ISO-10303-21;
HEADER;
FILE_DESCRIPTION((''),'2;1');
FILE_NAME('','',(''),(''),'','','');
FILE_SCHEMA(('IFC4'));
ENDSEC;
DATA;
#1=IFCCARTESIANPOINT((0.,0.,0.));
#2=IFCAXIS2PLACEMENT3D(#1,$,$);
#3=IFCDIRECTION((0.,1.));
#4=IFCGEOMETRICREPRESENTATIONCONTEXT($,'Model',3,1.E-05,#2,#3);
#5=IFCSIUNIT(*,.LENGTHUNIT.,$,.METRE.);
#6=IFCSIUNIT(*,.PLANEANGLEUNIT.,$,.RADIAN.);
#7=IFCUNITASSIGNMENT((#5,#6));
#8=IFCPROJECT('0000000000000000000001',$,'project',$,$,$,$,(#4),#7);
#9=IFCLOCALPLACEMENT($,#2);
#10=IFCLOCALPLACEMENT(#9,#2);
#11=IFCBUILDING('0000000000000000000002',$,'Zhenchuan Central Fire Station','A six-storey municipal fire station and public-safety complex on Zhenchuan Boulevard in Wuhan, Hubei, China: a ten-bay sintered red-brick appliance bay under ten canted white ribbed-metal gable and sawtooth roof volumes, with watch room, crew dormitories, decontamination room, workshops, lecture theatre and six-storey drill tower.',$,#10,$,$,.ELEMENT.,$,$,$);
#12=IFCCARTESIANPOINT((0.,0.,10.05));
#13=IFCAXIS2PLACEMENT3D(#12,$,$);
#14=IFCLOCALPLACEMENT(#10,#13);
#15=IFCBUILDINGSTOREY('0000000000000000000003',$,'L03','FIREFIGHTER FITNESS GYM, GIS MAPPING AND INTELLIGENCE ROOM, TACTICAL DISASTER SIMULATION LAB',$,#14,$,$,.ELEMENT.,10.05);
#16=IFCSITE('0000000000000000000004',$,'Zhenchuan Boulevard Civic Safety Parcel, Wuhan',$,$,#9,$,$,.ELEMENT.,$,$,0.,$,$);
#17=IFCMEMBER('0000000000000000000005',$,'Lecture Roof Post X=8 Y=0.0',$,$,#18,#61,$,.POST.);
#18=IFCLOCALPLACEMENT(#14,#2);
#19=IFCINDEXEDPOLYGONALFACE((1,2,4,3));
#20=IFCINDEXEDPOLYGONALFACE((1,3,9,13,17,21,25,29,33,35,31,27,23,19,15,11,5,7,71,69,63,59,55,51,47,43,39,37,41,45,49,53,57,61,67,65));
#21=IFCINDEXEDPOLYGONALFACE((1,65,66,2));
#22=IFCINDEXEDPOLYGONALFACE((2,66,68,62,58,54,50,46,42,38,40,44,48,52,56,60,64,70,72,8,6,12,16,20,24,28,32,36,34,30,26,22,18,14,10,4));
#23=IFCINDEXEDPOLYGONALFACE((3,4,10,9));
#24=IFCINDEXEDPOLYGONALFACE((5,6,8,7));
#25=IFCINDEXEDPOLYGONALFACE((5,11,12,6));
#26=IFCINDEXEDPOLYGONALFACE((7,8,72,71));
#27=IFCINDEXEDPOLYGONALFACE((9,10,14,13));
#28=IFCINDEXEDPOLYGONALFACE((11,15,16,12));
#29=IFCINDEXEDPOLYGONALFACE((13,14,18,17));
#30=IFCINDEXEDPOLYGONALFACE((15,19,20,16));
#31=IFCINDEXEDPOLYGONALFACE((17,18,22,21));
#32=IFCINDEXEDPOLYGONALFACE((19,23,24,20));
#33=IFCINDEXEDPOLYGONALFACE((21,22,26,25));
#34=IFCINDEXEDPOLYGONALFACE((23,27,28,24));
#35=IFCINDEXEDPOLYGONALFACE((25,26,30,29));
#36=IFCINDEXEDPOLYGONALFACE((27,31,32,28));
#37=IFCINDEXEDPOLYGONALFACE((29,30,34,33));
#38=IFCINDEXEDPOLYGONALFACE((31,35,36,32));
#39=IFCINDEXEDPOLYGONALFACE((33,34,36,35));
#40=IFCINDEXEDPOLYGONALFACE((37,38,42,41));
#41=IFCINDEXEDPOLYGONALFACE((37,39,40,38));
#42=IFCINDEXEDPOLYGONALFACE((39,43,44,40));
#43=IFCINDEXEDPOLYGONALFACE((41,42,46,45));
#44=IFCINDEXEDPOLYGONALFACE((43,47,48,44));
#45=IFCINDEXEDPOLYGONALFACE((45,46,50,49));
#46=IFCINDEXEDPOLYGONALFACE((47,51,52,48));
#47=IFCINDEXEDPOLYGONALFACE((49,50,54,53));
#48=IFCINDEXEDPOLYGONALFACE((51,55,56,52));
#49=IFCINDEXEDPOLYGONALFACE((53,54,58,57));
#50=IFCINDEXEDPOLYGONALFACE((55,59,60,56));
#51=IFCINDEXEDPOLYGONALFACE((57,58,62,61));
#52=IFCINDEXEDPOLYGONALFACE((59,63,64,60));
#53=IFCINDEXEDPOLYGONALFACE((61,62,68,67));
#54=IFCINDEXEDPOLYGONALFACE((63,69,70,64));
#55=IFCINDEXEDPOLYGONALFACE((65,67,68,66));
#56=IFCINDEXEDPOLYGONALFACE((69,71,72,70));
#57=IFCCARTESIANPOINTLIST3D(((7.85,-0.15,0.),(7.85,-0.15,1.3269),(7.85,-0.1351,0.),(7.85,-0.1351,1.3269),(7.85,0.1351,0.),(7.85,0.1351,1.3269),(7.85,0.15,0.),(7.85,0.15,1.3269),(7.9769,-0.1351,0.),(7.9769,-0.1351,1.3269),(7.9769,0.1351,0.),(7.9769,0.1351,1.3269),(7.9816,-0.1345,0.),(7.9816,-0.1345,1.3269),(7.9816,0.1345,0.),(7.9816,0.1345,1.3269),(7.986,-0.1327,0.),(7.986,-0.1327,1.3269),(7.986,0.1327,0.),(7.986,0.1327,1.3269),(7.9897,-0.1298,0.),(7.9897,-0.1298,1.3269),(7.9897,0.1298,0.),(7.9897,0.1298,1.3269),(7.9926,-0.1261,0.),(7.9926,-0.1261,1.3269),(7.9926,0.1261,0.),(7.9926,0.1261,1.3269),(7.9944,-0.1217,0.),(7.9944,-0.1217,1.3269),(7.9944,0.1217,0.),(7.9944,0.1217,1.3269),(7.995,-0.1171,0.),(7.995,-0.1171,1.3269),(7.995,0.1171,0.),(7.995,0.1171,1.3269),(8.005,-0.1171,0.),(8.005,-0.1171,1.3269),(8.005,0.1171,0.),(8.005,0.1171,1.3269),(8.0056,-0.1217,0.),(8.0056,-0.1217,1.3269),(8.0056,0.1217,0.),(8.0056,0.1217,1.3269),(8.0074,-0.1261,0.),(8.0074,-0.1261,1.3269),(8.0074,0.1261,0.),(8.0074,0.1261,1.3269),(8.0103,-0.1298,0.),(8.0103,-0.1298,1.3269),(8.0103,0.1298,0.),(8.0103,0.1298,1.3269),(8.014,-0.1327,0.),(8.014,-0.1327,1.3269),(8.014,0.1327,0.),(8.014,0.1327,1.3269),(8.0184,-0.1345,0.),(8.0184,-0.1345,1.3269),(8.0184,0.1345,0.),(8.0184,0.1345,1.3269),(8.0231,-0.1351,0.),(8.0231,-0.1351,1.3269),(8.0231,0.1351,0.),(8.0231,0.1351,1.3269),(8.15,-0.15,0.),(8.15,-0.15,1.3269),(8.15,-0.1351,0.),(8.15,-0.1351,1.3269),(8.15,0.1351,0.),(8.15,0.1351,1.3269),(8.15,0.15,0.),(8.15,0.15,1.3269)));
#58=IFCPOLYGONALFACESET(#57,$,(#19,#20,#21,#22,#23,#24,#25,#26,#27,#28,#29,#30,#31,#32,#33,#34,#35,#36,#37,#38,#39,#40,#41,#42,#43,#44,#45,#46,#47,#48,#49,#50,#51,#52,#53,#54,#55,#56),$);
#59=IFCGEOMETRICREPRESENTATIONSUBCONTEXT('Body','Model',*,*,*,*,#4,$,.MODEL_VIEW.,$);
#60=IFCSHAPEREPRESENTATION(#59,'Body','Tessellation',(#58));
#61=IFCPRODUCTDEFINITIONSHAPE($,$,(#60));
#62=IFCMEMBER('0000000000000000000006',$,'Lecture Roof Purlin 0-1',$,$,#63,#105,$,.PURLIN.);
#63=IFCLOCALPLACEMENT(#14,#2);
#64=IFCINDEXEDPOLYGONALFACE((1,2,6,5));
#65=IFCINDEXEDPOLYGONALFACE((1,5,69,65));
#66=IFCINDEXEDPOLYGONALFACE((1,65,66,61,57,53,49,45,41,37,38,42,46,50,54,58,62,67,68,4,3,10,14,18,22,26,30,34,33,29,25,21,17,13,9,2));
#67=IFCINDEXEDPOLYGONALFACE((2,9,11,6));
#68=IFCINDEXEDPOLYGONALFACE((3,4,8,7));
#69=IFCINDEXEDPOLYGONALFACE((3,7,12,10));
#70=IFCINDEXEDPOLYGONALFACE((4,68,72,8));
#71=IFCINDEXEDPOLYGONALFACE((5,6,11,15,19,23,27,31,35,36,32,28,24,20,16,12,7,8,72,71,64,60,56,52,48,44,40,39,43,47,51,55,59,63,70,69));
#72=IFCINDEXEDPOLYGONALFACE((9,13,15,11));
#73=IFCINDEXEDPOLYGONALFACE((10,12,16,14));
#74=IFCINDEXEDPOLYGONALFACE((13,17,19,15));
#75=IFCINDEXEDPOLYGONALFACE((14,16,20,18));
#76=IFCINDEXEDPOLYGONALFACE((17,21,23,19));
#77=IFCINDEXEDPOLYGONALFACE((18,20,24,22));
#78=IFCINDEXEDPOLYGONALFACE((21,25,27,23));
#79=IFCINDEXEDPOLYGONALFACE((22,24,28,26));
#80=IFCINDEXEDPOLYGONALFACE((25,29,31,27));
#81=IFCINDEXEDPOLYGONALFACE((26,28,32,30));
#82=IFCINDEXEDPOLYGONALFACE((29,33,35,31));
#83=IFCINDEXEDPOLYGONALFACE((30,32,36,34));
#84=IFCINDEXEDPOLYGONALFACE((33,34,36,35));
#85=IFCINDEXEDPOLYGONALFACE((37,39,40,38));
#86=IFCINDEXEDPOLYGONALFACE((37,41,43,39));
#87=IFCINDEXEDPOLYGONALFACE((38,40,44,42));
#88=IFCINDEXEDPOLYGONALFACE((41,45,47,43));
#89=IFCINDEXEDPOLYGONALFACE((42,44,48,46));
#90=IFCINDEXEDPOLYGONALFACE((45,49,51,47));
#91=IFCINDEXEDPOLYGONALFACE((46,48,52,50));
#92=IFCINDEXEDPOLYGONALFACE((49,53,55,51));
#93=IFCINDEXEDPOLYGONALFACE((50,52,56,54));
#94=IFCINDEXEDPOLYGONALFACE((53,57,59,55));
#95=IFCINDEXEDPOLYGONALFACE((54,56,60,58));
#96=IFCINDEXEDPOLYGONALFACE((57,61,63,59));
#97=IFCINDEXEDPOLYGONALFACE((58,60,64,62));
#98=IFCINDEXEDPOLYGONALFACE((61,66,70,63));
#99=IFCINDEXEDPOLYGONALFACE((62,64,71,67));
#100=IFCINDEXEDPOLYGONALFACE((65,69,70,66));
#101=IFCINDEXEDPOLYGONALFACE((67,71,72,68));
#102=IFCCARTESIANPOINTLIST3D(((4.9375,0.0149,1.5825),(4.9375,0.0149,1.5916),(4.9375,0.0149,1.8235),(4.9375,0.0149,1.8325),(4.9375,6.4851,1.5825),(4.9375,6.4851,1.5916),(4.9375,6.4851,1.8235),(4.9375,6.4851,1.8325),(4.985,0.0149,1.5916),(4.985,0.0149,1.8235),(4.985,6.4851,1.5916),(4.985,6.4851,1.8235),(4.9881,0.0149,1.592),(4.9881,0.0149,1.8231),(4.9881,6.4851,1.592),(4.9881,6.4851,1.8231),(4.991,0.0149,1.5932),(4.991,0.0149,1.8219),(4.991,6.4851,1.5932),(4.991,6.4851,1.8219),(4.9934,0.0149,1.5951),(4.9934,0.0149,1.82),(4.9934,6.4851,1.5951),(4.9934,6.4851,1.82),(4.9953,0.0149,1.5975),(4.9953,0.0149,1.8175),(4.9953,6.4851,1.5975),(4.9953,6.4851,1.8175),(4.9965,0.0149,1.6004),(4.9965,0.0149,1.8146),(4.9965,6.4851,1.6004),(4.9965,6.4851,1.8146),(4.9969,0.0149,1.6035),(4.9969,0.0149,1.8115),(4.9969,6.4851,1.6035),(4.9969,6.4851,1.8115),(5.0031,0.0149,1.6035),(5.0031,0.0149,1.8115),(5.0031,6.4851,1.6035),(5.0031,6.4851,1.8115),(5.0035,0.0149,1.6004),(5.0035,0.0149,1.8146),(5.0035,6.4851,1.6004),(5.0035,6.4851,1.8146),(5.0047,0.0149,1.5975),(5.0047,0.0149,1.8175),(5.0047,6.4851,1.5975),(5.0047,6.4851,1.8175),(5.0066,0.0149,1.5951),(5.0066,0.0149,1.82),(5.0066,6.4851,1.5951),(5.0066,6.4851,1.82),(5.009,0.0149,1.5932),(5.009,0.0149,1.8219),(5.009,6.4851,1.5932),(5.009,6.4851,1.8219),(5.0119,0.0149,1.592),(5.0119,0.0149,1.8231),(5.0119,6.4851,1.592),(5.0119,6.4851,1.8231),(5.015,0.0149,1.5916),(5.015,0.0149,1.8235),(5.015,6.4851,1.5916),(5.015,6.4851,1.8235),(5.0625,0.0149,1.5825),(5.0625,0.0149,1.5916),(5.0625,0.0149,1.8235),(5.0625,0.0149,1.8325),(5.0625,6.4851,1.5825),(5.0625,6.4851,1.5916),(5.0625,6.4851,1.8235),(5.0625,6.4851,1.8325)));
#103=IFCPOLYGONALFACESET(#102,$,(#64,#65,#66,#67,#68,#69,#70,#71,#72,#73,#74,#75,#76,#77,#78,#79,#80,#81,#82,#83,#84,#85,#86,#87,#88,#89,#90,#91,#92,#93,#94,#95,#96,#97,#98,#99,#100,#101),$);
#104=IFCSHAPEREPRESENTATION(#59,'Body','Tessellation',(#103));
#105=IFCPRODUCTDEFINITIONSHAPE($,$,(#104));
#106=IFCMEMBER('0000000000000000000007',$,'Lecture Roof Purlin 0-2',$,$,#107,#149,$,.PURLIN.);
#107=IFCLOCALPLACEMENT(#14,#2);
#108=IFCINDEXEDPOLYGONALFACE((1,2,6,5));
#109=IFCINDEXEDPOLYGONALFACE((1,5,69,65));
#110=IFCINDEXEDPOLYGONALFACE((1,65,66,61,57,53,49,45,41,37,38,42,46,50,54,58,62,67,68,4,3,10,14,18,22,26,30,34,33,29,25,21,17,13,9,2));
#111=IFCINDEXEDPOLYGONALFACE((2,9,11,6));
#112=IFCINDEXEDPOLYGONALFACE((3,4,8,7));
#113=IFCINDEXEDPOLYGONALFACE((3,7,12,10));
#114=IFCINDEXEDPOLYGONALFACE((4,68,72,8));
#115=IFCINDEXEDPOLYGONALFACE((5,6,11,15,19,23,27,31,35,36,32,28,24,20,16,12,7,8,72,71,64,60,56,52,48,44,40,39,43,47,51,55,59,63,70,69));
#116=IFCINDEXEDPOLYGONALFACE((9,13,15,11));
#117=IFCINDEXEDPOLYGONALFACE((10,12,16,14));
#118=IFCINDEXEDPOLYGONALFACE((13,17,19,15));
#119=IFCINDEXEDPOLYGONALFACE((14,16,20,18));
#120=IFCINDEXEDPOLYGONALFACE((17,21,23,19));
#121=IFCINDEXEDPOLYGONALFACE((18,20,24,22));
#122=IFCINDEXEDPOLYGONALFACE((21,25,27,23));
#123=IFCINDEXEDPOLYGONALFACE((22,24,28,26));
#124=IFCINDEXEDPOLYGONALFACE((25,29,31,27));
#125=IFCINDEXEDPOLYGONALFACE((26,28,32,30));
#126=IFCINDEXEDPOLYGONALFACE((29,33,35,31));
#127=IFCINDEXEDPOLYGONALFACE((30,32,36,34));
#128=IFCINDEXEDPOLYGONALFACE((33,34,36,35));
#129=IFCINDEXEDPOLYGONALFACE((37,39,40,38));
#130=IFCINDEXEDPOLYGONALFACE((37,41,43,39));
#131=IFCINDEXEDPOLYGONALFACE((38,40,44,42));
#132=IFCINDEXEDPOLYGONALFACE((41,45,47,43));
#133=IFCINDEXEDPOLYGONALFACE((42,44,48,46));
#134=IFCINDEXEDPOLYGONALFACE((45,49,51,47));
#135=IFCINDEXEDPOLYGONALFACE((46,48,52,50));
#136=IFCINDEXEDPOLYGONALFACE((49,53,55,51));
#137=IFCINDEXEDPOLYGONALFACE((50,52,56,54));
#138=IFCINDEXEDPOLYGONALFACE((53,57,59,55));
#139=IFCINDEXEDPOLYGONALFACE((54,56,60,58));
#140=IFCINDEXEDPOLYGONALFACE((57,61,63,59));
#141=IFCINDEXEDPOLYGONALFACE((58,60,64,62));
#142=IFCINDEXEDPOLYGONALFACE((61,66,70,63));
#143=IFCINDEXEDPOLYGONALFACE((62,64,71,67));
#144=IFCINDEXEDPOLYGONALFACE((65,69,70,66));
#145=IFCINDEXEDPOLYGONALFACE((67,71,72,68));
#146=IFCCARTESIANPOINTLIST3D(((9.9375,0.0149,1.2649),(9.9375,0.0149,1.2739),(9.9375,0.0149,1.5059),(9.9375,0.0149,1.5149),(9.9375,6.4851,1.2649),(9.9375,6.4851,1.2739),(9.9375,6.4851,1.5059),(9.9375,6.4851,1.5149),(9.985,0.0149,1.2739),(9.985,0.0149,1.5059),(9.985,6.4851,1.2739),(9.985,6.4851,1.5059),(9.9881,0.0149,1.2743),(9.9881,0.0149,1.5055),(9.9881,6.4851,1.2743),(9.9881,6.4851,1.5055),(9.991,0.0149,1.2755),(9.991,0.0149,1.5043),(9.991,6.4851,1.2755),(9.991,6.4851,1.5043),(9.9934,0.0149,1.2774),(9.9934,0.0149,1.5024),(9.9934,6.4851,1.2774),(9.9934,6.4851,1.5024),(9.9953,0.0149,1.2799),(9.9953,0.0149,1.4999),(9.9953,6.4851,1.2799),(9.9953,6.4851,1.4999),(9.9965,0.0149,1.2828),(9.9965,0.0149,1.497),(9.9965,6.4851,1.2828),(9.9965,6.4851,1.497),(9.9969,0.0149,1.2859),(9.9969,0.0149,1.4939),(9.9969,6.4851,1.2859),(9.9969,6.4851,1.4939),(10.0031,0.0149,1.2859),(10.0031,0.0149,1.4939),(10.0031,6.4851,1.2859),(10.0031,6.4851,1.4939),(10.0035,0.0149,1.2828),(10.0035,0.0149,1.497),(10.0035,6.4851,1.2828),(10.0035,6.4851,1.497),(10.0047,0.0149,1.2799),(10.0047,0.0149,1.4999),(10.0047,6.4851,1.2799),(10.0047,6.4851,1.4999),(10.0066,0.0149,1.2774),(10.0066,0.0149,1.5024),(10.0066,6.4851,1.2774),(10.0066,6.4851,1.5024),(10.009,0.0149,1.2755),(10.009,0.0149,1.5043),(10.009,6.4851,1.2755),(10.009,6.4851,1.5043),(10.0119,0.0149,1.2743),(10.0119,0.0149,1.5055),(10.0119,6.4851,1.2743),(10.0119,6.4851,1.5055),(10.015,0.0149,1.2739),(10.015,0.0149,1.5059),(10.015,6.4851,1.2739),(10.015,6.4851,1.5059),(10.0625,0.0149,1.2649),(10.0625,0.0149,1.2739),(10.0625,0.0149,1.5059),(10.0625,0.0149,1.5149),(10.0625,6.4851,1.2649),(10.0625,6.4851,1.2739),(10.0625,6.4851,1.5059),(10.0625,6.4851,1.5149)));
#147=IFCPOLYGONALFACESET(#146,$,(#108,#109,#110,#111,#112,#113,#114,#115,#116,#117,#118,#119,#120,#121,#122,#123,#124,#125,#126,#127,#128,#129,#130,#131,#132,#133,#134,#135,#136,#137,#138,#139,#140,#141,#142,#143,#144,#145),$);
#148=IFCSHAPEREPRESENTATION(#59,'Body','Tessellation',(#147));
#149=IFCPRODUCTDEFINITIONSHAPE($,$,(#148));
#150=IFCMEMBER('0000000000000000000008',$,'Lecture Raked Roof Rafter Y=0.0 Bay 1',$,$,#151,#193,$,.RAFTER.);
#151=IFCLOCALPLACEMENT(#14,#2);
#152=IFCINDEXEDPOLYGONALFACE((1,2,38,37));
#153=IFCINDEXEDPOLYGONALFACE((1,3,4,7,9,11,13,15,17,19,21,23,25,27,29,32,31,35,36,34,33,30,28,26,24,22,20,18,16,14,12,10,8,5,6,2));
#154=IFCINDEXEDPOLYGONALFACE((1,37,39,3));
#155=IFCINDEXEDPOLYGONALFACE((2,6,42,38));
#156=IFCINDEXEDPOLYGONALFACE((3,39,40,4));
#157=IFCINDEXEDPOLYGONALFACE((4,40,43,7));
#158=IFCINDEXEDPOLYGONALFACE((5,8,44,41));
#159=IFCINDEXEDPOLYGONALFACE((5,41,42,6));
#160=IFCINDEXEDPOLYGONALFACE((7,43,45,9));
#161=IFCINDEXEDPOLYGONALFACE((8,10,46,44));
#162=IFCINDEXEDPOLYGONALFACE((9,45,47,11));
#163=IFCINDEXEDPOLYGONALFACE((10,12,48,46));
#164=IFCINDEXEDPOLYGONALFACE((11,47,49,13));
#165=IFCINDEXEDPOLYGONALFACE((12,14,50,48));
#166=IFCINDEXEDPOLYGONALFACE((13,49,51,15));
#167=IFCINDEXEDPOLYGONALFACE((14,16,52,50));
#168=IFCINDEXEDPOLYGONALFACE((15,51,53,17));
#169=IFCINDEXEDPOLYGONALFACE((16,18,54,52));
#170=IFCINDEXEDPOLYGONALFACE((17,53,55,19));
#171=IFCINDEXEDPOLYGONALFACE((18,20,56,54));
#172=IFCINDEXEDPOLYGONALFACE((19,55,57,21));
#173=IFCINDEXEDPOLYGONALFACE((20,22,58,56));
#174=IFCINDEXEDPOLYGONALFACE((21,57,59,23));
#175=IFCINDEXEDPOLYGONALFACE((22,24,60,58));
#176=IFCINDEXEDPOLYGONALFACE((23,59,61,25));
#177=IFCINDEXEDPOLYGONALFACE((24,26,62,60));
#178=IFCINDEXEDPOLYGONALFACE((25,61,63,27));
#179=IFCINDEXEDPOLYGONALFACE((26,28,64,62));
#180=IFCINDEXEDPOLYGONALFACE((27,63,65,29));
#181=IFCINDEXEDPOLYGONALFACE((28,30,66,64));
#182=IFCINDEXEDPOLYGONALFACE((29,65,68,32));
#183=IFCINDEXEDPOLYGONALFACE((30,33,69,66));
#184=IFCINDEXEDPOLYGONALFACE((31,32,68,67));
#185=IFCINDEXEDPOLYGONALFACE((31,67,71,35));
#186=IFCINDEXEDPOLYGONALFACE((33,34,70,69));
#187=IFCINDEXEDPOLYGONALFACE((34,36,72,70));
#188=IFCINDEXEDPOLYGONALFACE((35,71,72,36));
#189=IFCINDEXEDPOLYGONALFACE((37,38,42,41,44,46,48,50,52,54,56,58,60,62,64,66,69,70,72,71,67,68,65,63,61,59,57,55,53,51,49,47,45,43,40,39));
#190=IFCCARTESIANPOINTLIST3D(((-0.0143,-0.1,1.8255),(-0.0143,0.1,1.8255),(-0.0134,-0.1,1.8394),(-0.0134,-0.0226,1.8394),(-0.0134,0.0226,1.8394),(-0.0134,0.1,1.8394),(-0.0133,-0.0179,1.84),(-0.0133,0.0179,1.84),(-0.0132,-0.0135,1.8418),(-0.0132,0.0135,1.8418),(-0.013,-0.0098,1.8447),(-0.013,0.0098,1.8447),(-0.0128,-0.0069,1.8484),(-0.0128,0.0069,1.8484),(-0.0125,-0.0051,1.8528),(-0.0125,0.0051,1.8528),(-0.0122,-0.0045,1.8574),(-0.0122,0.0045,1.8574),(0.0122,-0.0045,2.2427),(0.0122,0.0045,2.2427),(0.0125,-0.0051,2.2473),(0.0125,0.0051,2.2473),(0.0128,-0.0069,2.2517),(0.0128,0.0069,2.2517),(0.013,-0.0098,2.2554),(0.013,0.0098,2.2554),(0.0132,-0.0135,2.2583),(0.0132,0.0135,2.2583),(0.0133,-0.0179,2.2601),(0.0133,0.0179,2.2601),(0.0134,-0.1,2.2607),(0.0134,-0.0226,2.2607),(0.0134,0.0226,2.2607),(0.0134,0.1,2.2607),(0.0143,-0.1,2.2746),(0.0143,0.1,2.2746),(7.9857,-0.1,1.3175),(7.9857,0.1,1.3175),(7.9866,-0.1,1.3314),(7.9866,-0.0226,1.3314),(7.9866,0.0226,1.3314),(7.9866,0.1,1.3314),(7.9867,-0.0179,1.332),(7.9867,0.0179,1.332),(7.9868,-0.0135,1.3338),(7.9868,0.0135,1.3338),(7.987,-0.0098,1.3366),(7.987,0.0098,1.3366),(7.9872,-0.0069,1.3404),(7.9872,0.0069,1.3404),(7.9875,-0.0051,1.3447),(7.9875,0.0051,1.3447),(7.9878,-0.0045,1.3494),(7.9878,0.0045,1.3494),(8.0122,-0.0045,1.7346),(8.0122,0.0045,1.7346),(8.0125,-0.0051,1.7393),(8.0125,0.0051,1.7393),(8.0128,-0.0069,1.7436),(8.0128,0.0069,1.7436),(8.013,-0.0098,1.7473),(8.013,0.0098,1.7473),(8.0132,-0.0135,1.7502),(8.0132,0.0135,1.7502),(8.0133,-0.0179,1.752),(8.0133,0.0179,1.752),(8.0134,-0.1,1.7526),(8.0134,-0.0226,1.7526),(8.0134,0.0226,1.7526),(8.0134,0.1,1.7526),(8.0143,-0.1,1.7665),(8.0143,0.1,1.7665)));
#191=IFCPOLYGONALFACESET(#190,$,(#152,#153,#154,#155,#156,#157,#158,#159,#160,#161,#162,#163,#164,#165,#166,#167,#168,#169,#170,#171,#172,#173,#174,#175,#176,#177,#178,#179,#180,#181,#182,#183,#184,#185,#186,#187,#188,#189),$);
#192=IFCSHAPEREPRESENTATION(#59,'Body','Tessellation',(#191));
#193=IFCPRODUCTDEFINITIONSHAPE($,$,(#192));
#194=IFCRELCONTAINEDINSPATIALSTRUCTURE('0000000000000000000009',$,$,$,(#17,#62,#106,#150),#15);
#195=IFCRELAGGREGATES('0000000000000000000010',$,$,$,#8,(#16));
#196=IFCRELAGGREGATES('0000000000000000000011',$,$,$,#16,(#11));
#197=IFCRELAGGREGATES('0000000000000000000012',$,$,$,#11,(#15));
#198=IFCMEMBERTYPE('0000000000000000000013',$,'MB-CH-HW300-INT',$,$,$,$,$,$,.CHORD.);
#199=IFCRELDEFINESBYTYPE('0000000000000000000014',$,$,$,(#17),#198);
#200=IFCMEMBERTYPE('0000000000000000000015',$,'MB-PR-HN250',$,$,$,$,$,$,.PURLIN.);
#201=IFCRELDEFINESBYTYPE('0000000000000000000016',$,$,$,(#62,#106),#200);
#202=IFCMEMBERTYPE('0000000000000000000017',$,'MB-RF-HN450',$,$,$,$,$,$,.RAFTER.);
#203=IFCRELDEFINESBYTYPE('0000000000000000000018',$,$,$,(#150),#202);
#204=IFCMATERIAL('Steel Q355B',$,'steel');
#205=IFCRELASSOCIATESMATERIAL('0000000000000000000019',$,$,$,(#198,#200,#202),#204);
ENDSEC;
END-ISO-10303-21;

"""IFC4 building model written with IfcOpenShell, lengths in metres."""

from ifc_helpers import new_model, si_unit, direction, frame, origin, origin_2d, place, context, subcontext, project, spatial, i_section, extrude, material, material_profile, profile_set, type_object, element, save


model = new_model("IFC4")

# Units and contexts
model_context = context("Model", 3, precision=1e-05, world=origin(), true_north=direction((0.0, 1.0)))
body_context = subcontext(model_context, "Body", "Model", "MODEL_VIEW")
ifc_project = project(units=[si_unit("LENGTHUNIT", "METRE"), si_unit("PLANEANGLEUNIT", "RADIAN")], contexts=[model_context])

# Site, building, storey
site_placement = place(None, origin())
site = spatial("IfcSite", under=ifc_project, at=site_placement, Name="Zhenchuan Boulevard Civic Safety Parcel, Wuhan", CompositionType="ELEMENT", RefElevation=0.0)
building_placement = place(site_placement, origin())
building = spatial("IfcBuilding", under=site, at=building_placement, Name="Zhenchuan Central Fire Station", Description="A six-storey municipal fire station and public-safety complex on Zhenchuan Boulevard in Wuhan, Hubei, China: a ten-bay sintered red-brick appliance bay under ten canted white ribbed-metal gable and sawtooth roof volumes, with watch room, crew dormitories, decontamination room, workshops, lecture theatre and six-storey drill tower.", CompositionType="ELEMENT")
storey_placement = place(building_placement, frame((0.0, 0.0, 10.05)))
storey = spatial("IfcBuildingStorey", under=building, at=storey_placement, Name="L03", Description="FIREFIGHTER FITNESS GYM, GIS MAPPING AND INTELLIGENCE ROOM, TACTICAL DISASTER SIMULATION LAB", CompositionType="ELEMENT", Elevation=10.05)

# Shared definitions
ifc_material_1 = material(Name="Steel Q355B", Category="steel")

# Members
ifc_material_profile_1 = material_profile(ifc_material_1, i_section(OverallWidth=0.3, OverallDepth=0.3, WebThickness=0.01, FlangeThickness=0.0149, FilletRadius=0.0181, at=origin_2d()), Name="HW 300x300")
ifc_profile_set_1 = profile_set([ifc_material_profile_1], Name="Steel Q355B")
member_type_1 = type_object("IfcMemberType", Name="MB-CH-HW300-INT", PredefinedType="CHORD", material=ifc_profile_set_1)
member_placement = place(storey_placement, frame((8.0, 0.0, 0.0), z_axis=(0.0, 0.0, 1.0), x_axis=(1.0, 0.0, 0.0)))
element("IfcMember", 1, at=member_placement, inside=storey, type_object=member_type_1, Name="Lecture Roof Post X=8 Y=0.0", PredefinedType="POST", context=body_context, shape_type="SweptSolid", body=[
    extrude(i_section(OverallWidth=0.3, OverallDepth=0.3, WebThickness=0.01, FlangeThickness=0.0149, FilletRadius=0.0181, at=origin_2d()), origin(), (0.0, 0.0, 1.0), 1.3269),
])
ifc_material_profile_2 = material_profile(ifc_material_1, i_section(OverallWidth=0.125, OverallDepth=0.25, WebThickness=0.0061, FlangeThickness=0.009, FilletRadius=0.012, at=origin_2d()), Name="HN 250x125")
ifc_profile_set_2 = profile_set([ifc_material_profile_2], Name="Steel Q355B")
member_type_2 = type_object("IfcMemberType", Name="MB-PR-HN250", PredefinedType="PURLIN", material=ifc_profile_set_2)
for number, where, z_axis, x_axis, name in (
    (2, (5.0, 0.0149, 1.7075), (0.0, 1.0, 0.0), (-1.0, 0.0, 0.0), "Lecture Roof Purlin 0-1"),
    (3, (10.0, 0.0149, 1.3899), (0.0, 1.0, 0.0), (-1.0, 0.0, 0.0), "Lecture Roof Purlin 0-2"),
):
    element("IfcMember", number, at=place(storey_placement, frame(where, z_axis=z_axis, x_axis=x_axis)), inside=storey, type_object=member_type_2, Name=name, PredefinedType="PURLIN", context=body_context, shape_type="SweptSolid", body=[
        extrude(i_section(OverallWidth=0.125, OverallDepth=0.25, WebThickness=0.0061, FlangeThickness=0.009, FilletRadius=0.012, at=origin_2d()), origin(), (0.0, 0.0, 1.0), 6.4702),
    ])
ifc_material_profile_3 = material_profile(ifc_material_1, i_section(OverallWidth=0.2, OverallDepth=0.45, WebThickness=0.009, FlangeThickness=0.0139, FilletRadius=0.0181, at=origin_2d()), Name="HN 450x200")
ifc_profile_set_3 = profile_set([ifc_material_profile_3], Name="Steel Q355B")
member_type_3 = type_object("IfcMemberType", Name="MB-RF-HN450", PredefinedType="RAFTER", material=ifc_profile_set_3)
for number, where, z_axis, x_axis, name in (
    (4, (0.0, 0.0, 2.05), (0.99799, 0.0, -0.063379), (0.0, 1.0, 0.0), "Lecture Raked Roof Rafter Y=0.0 Bay 1"),
):
    element("IfcMember", number, at=place(storey_placement, frame(where, z_axis=z_axis, x_axis=x_axis)), inside=storey, type_object=member_type_3, Name=name, PredefinedType="RAFTER", context=body_context, shape_type="SweptSolid", body=[
        extrude(i_section(OverallWidth=0.2, OverallDepth=0.45, WebThickness=0.009, FlangeThickness=0.0139, FilletRadius=0.0181, at=origin_2d()), origin(), (0.0, 0.0, 1.0), 8.0161),
    ])

save(model, "model.ifc")
